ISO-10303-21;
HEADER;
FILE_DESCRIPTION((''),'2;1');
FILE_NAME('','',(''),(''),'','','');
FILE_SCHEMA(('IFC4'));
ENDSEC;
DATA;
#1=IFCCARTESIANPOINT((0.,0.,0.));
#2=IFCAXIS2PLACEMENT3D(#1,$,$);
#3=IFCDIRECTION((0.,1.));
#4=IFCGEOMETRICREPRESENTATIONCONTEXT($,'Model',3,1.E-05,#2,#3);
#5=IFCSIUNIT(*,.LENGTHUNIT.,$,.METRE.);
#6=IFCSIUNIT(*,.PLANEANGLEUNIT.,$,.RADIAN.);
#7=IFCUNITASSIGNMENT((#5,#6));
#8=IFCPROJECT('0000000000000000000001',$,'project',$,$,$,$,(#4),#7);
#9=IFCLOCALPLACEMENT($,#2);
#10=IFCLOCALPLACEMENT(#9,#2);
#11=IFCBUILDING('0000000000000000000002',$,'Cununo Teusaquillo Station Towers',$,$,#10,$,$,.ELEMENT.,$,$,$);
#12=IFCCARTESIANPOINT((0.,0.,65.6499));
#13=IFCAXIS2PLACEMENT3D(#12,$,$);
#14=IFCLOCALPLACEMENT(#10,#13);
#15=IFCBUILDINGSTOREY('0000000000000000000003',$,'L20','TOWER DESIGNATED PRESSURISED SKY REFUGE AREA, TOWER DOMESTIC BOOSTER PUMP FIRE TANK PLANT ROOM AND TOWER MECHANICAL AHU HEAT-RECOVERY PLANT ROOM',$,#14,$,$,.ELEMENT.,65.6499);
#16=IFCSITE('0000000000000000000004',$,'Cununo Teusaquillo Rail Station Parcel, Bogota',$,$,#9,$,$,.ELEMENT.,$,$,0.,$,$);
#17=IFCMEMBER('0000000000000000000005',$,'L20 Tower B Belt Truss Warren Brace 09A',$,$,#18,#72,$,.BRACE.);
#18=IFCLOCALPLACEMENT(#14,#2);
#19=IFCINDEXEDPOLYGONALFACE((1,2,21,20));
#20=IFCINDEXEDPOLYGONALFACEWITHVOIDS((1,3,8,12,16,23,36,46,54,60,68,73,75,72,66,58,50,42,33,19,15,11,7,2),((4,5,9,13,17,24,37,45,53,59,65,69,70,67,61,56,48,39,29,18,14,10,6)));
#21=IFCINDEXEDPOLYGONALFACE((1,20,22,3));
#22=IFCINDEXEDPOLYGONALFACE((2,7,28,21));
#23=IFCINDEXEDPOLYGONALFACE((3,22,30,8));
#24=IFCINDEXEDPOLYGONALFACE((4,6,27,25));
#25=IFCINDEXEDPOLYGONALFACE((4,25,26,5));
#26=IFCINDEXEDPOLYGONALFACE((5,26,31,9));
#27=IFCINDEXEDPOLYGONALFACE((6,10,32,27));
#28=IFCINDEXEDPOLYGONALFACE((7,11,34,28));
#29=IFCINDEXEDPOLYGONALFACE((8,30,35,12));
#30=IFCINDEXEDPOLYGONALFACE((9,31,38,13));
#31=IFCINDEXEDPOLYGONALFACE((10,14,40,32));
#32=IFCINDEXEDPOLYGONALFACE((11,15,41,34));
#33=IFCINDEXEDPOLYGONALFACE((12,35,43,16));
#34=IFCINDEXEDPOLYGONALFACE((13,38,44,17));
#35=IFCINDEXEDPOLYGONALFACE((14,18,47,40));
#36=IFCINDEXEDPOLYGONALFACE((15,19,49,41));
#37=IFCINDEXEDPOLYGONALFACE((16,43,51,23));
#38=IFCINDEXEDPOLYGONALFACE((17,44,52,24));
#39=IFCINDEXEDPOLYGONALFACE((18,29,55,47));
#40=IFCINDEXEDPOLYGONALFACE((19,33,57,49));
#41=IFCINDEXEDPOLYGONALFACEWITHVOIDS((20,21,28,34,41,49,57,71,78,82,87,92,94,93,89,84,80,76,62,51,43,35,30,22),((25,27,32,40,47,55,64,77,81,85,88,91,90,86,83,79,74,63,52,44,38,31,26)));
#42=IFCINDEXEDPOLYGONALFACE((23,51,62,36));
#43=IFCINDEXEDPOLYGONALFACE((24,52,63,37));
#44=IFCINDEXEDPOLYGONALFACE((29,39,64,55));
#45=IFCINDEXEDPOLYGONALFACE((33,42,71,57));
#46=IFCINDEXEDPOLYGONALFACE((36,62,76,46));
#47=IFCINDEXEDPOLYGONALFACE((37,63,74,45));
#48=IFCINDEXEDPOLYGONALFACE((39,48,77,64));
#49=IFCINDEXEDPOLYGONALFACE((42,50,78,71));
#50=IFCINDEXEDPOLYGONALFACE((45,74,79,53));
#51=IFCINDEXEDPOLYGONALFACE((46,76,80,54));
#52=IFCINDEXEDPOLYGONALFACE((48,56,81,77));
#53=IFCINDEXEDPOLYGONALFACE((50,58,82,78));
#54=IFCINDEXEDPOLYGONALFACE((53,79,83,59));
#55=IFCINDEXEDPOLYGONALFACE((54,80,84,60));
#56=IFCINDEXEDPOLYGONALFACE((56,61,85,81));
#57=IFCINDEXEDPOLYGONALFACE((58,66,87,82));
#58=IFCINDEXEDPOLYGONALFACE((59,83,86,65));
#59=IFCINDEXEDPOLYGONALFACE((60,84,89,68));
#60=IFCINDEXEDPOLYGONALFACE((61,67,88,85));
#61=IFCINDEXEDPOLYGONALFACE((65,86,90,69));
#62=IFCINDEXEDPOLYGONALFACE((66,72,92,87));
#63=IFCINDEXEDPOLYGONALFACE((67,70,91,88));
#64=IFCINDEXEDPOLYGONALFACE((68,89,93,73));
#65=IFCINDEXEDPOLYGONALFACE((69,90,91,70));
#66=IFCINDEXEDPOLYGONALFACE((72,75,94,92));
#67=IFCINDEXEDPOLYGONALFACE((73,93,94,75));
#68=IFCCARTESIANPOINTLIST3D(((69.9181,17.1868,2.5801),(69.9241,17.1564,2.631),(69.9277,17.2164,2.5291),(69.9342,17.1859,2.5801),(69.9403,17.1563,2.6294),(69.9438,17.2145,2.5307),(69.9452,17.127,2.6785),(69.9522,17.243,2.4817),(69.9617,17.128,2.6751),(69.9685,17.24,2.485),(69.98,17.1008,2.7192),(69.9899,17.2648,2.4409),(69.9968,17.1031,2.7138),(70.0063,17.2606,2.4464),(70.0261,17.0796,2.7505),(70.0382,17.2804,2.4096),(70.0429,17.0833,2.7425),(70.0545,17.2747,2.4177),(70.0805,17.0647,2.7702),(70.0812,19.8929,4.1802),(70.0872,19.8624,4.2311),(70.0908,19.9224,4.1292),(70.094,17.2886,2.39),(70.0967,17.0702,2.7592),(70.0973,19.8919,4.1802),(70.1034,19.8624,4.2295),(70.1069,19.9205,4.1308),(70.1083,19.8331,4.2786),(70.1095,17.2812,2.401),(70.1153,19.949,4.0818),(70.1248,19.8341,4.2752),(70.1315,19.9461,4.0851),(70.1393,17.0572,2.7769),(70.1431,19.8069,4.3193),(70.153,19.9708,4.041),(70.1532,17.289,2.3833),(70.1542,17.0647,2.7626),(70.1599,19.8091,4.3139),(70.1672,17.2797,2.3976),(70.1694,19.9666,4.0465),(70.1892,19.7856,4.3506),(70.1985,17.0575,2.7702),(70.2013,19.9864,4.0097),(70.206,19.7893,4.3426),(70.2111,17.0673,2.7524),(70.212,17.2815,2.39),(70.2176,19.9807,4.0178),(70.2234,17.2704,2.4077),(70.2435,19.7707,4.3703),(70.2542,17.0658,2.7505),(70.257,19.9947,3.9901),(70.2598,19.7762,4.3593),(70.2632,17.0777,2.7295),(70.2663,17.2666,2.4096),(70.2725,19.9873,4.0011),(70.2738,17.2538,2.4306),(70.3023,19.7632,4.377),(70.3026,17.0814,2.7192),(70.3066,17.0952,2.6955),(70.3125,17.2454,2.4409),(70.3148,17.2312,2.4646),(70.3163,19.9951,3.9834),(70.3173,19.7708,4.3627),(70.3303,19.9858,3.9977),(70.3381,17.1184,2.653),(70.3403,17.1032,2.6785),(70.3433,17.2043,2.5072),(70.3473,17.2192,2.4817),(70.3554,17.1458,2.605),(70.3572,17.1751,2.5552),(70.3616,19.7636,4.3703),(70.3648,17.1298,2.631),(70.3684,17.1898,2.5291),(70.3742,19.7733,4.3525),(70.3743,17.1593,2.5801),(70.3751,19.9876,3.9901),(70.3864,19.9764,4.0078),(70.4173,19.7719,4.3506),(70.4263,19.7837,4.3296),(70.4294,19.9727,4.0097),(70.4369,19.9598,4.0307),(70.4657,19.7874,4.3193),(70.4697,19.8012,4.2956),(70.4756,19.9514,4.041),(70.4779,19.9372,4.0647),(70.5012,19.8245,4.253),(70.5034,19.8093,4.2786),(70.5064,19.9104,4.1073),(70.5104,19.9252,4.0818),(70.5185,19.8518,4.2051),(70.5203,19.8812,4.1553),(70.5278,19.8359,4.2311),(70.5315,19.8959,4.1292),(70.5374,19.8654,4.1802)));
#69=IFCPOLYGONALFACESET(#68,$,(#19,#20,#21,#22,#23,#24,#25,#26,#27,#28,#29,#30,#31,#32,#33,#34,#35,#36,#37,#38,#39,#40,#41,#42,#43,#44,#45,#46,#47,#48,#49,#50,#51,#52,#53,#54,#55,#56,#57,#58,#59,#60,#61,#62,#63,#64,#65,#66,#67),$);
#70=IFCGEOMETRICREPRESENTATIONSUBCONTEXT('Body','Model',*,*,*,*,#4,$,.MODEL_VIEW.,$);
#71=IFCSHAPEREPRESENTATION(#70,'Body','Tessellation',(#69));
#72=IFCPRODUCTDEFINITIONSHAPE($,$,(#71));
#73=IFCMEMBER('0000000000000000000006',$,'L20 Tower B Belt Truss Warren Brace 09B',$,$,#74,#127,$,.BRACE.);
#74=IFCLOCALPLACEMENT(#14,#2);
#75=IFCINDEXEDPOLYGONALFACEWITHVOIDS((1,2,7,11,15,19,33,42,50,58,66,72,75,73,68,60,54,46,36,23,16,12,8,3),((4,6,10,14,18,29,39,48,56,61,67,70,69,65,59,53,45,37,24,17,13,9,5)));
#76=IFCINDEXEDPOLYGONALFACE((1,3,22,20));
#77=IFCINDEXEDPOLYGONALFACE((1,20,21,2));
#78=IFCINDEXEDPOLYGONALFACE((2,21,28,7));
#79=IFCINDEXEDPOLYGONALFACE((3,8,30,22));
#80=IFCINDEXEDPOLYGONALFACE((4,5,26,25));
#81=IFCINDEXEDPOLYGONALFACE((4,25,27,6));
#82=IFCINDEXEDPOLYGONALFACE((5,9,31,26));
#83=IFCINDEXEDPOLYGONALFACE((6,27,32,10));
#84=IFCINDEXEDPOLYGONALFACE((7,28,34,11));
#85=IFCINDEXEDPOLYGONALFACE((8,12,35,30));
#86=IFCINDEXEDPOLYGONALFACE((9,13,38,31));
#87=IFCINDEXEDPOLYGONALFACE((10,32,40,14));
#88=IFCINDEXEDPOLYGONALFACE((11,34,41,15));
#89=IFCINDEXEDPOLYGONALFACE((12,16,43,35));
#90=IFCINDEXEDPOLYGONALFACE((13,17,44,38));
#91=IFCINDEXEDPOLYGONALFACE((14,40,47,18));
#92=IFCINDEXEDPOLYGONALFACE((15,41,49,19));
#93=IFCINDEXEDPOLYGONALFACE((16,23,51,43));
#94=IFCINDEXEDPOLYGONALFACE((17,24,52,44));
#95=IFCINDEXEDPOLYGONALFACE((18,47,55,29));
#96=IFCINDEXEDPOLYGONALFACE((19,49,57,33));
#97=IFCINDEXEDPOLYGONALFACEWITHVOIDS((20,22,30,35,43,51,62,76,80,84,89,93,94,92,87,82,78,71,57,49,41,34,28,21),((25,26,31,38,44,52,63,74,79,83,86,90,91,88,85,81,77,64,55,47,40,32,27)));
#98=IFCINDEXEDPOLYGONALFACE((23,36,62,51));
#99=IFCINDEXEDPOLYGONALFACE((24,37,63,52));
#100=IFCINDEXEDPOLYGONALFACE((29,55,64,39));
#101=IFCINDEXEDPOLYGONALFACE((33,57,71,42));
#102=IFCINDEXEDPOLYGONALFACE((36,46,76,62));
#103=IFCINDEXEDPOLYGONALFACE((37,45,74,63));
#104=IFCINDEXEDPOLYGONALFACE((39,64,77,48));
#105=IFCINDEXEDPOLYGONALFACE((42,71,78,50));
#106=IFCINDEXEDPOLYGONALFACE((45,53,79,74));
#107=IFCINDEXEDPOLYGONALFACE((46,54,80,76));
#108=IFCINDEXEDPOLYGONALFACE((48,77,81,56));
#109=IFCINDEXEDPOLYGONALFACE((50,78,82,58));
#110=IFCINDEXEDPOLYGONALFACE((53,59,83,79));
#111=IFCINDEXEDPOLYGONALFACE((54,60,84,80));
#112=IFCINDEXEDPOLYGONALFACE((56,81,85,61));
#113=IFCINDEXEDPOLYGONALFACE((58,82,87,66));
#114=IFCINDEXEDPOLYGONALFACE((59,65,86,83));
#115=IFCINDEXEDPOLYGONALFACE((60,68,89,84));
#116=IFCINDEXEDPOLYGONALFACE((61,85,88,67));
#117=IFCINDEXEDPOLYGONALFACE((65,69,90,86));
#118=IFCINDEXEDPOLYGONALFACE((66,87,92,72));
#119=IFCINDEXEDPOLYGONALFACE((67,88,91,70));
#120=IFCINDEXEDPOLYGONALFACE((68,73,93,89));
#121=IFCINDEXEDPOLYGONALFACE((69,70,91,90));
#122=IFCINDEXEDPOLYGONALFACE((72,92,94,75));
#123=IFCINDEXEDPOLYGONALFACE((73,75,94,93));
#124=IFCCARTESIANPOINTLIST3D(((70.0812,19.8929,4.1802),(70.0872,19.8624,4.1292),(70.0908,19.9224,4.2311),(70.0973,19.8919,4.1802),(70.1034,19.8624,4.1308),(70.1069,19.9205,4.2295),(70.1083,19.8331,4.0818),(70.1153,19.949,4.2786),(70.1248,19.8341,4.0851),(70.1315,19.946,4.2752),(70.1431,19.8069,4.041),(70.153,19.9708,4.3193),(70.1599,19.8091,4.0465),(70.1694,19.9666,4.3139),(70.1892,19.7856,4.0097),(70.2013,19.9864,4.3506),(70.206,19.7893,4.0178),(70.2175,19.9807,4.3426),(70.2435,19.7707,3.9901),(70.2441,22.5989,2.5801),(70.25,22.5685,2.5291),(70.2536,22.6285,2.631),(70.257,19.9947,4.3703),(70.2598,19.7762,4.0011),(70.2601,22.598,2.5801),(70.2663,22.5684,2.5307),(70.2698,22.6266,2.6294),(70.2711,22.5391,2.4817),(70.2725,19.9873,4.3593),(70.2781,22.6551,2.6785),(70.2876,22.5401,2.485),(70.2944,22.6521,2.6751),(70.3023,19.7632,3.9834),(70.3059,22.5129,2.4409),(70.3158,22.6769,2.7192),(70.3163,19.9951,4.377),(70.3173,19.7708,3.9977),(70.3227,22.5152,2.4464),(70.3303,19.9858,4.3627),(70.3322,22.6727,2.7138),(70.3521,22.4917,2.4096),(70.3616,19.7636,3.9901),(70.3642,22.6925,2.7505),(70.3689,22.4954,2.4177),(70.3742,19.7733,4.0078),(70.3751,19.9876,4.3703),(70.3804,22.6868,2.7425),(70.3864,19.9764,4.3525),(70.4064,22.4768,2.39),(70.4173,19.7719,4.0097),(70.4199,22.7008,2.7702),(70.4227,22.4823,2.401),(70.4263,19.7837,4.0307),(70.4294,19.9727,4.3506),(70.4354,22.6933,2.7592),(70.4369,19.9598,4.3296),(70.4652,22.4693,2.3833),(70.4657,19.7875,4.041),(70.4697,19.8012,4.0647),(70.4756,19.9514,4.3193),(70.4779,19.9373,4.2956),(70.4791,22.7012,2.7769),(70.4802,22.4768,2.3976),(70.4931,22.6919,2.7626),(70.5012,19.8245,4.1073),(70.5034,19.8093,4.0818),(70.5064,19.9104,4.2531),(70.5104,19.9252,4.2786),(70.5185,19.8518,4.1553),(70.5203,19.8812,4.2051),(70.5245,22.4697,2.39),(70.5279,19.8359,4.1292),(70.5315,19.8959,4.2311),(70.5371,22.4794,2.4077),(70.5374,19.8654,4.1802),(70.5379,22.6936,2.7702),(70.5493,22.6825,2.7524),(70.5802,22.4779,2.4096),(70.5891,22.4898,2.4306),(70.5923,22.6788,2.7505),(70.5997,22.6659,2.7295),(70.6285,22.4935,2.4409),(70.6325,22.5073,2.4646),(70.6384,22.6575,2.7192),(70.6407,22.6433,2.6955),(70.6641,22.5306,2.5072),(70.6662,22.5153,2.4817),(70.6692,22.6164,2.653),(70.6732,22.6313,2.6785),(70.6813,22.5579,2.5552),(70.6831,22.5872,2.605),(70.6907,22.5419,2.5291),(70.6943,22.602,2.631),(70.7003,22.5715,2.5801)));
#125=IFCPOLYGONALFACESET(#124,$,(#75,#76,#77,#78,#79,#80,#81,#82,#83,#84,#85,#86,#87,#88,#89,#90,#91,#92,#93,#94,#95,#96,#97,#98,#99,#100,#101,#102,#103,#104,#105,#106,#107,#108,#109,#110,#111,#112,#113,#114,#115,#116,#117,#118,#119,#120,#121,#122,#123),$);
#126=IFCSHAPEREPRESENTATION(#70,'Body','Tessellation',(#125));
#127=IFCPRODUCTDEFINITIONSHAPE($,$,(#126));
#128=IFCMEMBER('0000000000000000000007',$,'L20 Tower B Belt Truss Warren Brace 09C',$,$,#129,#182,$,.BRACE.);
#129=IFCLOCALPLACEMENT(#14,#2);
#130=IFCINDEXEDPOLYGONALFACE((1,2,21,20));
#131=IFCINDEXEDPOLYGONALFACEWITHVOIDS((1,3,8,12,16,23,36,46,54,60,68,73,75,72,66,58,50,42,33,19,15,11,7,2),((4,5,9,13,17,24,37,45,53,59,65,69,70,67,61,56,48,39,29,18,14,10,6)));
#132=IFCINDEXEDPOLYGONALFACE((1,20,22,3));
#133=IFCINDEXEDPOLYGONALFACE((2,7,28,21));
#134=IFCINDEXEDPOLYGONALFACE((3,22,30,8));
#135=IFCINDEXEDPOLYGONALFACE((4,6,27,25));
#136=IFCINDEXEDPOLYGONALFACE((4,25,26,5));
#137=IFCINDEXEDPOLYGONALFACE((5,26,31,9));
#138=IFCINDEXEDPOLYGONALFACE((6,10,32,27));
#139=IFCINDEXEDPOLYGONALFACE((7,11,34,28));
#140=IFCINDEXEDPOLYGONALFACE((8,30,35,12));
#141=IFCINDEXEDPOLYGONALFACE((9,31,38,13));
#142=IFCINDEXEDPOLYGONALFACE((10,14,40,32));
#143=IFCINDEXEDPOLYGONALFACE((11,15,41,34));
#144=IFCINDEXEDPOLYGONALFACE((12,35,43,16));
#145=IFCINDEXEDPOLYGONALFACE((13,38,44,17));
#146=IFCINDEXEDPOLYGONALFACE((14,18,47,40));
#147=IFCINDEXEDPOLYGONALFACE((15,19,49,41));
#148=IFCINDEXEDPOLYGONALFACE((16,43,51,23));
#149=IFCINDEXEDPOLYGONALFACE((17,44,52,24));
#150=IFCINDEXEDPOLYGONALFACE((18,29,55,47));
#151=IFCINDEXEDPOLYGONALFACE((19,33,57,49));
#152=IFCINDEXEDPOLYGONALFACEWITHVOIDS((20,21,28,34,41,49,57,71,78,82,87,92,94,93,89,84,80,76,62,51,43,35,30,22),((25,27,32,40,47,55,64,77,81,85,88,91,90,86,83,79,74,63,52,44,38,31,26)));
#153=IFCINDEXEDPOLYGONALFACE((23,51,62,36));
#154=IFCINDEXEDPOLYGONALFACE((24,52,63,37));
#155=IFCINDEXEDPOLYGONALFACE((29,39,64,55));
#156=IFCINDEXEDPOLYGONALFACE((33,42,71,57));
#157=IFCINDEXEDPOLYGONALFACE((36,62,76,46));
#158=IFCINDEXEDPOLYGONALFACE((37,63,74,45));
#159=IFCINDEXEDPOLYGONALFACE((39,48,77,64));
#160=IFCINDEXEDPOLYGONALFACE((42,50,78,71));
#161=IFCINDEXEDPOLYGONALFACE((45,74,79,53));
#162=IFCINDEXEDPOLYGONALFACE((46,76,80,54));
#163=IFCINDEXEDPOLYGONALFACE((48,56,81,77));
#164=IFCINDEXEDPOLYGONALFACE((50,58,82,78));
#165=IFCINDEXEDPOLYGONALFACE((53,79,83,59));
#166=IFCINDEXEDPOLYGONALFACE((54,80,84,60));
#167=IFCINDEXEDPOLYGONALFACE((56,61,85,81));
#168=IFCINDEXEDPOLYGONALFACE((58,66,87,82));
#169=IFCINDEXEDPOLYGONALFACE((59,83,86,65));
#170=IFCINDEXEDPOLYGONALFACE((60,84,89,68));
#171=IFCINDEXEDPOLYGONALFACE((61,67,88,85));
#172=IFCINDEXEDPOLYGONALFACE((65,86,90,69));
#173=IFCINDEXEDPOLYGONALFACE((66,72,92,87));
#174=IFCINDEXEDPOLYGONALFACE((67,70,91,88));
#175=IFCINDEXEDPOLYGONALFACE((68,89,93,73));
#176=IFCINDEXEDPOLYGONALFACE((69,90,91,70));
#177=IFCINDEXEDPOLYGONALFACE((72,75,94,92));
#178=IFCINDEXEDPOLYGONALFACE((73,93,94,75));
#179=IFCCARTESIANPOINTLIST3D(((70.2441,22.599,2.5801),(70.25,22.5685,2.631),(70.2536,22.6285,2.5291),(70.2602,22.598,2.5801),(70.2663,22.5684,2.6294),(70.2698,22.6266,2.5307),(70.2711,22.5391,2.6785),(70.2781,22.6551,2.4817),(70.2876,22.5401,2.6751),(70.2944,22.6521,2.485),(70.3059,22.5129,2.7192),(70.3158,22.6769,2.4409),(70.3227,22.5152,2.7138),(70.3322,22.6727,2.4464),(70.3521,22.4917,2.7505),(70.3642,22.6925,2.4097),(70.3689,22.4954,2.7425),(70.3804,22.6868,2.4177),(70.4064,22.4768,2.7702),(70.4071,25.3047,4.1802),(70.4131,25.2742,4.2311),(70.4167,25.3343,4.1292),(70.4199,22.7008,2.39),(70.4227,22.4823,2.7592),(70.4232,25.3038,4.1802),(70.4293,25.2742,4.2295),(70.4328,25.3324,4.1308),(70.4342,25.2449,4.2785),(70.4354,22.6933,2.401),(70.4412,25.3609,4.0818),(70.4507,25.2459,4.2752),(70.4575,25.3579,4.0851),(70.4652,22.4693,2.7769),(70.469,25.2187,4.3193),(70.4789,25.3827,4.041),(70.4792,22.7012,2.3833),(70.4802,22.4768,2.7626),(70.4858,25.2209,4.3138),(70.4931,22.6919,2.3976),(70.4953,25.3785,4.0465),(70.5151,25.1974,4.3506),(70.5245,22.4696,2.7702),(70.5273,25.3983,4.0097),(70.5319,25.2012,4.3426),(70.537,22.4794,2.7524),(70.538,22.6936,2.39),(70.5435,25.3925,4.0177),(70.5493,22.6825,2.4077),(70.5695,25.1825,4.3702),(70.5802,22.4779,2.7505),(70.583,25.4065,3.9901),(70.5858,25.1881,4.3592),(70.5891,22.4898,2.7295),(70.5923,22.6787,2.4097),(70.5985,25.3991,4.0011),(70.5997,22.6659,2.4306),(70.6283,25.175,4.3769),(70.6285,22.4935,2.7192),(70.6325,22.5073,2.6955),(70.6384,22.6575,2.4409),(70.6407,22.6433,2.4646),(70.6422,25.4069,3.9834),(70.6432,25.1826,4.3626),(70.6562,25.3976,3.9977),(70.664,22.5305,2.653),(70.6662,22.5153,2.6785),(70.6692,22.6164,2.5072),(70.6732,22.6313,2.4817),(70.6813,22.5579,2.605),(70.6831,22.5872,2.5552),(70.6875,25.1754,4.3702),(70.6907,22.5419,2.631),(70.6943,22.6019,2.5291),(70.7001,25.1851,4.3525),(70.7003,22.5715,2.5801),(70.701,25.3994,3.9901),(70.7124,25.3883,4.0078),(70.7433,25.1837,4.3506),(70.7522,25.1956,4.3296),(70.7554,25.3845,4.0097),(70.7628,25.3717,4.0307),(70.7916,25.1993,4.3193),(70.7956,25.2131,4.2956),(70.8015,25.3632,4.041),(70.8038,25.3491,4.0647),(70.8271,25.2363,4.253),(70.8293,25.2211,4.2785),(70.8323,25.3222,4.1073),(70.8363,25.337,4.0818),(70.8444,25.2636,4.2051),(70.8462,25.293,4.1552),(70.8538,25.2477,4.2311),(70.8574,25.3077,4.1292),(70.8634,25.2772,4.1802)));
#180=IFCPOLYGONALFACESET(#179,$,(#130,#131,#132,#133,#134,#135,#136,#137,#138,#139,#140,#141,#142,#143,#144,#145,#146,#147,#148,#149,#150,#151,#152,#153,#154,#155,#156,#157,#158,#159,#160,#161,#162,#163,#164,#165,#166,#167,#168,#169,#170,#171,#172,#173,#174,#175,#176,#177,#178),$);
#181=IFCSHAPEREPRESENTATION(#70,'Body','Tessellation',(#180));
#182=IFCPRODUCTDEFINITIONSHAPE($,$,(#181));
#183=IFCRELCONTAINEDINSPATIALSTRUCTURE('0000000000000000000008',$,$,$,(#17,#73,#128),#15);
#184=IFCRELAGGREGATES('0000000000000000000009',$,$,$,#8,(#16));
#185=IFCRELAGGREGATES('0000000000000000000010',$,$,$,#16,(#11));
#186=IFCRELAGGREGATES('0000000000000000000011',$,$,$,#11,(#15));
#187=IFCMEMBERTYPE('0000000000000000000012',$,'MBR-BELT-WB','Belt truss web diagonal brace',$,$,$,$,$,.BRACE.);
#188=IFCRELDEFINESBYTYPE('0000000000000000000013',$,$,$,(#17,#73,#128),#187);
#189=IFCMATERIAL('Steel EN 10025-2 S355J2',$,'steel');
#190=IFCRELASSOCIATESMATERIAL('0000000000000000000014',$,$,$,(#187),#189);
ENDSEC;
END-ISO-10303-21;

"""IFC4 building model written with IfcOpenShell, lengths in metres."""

from ifc_helpers import new_model, si_unit, direction, frame, origin, origin_2d, place, context, subcontext, project, spatial, hollow_circle, extrude, material, material_profile, profile_set, type_object, element, save


model = new_model("IFC4")

# Units and contexts
model_context = context("Model", 3, precision=1e-05, world=origin(), true_north=direction((0.0, 1.0)))
body_context = subcontext(model_context, "Body", "Model", "MODEL_VIEW")
ifc_project = project(units=[si_unit("LENGTHUNIT", "METRE"), si_unit("PLANEANGLEUNIT", "RADIAN")], contexts=[model_context])

# Site, building, storey
site_placement = place(None, origin())
site = spatial("IfcSite", under=ifc_project, at=site_placement, Name="Cununo Teusaquillo Rail Station Parcel, Bogota", CompositionType="ELEMENT", RefElevation=0.0)
building_placement = place(site_placement, origin())
building = spatial("IfcBuilding", under=site, at=building_placement, Name="Cununo Teusaquillo Station Towers", CompositionType="ELEMENT")
storey_placement = place(building_placement, frame((0.0, 0.0, 65.6499)))
storey = spatial("IfcBuildingStorey", under=building, at=storey_placement, Name="L20", Description="TOWER DESIGNATED PRESSURISED SKY REFUGE AREA, TOWER DOMESTIC BOOSTER PUMP FIRE TANK PLANT ROOM AND TOWER MECHANICAL AHU HEAT-RECOVERY PLANT ROOM", CompositionType="ELEMENT", Elevation=65.6499)

# Members
ifc_material_1 = material(Name="Steel EN 10025-2 S355J2", Category="steel")
ifc_material_profile_1 = material_profile(ifc_material_1, hollow_circle(Radius=0.2285, WallThickness=0.0161, at=origin_2d()), Name="CHS 457x16")
ifc_profile_set_1 = profile_set([ifc_material_profile_1], Name="Steel EN 10025-2 S355J2")
member_type_1 = type_object("IfcMemberType", Name="MBR-BELT-WB", Description="Belt truss web diagonal brace", PredefinedType="BRACE", material=ifc_profile_set_1)
for number, where, z_axis, x_axis, name in (
    (1, (70.1462, 17.1731, 2.5801), (0.051807, 0.859622, 0.508297), (-0.998189, 0.060158, 0.0), "L20 Tower B Belt Truss Warren Brace 09A"),
    (2, (70.3093, 19.8792, 4.1802), (0.05173, 0.859626, -0.508299), (-0.998194, 0.060068, 0.0), "L20 Tower B Belt Truss Warren Brace 09B"),
):
    element("IfcMember", number, at=place(storey_placement, frame(where, z_axis=z_axis, x_axis=x_axis)), inside=storey, type_object=member_type_1, Name=name, PredefinedType="BRACE", context=body_context, shape_type="SweptSolid", body=[
        extrude(hollow_circle(Radius=0.2285, WallThickness=0.0161, at=origin_2d()), origin(), (0.0, 0.0, 1.0), 3.1479),
    ])
member_1_placement = place(storey_placement, frame((70.4722, 22.5852, 2.5801), z_axis=(0.05181, 0.859602, 0.508331), x_axis=(-0.998189, 0.060163, 0.0)))
element("IfcMember", 3, at=member_1_placement, inside=storey, type_object=member_type_1, Name="L20 Tower B Belt Truss Warren Brace 09C", PredefinedType="BRACE", context=body_context, shape_type="SweptSolid", body=[
    extrude(hollow_circle(Radius=0.2285, WallThickness=0.0161, at=origin_2d()), origin(), (0.0, 0.0, 1.0), 3.1477),
])

save(model, "model.ifc")
